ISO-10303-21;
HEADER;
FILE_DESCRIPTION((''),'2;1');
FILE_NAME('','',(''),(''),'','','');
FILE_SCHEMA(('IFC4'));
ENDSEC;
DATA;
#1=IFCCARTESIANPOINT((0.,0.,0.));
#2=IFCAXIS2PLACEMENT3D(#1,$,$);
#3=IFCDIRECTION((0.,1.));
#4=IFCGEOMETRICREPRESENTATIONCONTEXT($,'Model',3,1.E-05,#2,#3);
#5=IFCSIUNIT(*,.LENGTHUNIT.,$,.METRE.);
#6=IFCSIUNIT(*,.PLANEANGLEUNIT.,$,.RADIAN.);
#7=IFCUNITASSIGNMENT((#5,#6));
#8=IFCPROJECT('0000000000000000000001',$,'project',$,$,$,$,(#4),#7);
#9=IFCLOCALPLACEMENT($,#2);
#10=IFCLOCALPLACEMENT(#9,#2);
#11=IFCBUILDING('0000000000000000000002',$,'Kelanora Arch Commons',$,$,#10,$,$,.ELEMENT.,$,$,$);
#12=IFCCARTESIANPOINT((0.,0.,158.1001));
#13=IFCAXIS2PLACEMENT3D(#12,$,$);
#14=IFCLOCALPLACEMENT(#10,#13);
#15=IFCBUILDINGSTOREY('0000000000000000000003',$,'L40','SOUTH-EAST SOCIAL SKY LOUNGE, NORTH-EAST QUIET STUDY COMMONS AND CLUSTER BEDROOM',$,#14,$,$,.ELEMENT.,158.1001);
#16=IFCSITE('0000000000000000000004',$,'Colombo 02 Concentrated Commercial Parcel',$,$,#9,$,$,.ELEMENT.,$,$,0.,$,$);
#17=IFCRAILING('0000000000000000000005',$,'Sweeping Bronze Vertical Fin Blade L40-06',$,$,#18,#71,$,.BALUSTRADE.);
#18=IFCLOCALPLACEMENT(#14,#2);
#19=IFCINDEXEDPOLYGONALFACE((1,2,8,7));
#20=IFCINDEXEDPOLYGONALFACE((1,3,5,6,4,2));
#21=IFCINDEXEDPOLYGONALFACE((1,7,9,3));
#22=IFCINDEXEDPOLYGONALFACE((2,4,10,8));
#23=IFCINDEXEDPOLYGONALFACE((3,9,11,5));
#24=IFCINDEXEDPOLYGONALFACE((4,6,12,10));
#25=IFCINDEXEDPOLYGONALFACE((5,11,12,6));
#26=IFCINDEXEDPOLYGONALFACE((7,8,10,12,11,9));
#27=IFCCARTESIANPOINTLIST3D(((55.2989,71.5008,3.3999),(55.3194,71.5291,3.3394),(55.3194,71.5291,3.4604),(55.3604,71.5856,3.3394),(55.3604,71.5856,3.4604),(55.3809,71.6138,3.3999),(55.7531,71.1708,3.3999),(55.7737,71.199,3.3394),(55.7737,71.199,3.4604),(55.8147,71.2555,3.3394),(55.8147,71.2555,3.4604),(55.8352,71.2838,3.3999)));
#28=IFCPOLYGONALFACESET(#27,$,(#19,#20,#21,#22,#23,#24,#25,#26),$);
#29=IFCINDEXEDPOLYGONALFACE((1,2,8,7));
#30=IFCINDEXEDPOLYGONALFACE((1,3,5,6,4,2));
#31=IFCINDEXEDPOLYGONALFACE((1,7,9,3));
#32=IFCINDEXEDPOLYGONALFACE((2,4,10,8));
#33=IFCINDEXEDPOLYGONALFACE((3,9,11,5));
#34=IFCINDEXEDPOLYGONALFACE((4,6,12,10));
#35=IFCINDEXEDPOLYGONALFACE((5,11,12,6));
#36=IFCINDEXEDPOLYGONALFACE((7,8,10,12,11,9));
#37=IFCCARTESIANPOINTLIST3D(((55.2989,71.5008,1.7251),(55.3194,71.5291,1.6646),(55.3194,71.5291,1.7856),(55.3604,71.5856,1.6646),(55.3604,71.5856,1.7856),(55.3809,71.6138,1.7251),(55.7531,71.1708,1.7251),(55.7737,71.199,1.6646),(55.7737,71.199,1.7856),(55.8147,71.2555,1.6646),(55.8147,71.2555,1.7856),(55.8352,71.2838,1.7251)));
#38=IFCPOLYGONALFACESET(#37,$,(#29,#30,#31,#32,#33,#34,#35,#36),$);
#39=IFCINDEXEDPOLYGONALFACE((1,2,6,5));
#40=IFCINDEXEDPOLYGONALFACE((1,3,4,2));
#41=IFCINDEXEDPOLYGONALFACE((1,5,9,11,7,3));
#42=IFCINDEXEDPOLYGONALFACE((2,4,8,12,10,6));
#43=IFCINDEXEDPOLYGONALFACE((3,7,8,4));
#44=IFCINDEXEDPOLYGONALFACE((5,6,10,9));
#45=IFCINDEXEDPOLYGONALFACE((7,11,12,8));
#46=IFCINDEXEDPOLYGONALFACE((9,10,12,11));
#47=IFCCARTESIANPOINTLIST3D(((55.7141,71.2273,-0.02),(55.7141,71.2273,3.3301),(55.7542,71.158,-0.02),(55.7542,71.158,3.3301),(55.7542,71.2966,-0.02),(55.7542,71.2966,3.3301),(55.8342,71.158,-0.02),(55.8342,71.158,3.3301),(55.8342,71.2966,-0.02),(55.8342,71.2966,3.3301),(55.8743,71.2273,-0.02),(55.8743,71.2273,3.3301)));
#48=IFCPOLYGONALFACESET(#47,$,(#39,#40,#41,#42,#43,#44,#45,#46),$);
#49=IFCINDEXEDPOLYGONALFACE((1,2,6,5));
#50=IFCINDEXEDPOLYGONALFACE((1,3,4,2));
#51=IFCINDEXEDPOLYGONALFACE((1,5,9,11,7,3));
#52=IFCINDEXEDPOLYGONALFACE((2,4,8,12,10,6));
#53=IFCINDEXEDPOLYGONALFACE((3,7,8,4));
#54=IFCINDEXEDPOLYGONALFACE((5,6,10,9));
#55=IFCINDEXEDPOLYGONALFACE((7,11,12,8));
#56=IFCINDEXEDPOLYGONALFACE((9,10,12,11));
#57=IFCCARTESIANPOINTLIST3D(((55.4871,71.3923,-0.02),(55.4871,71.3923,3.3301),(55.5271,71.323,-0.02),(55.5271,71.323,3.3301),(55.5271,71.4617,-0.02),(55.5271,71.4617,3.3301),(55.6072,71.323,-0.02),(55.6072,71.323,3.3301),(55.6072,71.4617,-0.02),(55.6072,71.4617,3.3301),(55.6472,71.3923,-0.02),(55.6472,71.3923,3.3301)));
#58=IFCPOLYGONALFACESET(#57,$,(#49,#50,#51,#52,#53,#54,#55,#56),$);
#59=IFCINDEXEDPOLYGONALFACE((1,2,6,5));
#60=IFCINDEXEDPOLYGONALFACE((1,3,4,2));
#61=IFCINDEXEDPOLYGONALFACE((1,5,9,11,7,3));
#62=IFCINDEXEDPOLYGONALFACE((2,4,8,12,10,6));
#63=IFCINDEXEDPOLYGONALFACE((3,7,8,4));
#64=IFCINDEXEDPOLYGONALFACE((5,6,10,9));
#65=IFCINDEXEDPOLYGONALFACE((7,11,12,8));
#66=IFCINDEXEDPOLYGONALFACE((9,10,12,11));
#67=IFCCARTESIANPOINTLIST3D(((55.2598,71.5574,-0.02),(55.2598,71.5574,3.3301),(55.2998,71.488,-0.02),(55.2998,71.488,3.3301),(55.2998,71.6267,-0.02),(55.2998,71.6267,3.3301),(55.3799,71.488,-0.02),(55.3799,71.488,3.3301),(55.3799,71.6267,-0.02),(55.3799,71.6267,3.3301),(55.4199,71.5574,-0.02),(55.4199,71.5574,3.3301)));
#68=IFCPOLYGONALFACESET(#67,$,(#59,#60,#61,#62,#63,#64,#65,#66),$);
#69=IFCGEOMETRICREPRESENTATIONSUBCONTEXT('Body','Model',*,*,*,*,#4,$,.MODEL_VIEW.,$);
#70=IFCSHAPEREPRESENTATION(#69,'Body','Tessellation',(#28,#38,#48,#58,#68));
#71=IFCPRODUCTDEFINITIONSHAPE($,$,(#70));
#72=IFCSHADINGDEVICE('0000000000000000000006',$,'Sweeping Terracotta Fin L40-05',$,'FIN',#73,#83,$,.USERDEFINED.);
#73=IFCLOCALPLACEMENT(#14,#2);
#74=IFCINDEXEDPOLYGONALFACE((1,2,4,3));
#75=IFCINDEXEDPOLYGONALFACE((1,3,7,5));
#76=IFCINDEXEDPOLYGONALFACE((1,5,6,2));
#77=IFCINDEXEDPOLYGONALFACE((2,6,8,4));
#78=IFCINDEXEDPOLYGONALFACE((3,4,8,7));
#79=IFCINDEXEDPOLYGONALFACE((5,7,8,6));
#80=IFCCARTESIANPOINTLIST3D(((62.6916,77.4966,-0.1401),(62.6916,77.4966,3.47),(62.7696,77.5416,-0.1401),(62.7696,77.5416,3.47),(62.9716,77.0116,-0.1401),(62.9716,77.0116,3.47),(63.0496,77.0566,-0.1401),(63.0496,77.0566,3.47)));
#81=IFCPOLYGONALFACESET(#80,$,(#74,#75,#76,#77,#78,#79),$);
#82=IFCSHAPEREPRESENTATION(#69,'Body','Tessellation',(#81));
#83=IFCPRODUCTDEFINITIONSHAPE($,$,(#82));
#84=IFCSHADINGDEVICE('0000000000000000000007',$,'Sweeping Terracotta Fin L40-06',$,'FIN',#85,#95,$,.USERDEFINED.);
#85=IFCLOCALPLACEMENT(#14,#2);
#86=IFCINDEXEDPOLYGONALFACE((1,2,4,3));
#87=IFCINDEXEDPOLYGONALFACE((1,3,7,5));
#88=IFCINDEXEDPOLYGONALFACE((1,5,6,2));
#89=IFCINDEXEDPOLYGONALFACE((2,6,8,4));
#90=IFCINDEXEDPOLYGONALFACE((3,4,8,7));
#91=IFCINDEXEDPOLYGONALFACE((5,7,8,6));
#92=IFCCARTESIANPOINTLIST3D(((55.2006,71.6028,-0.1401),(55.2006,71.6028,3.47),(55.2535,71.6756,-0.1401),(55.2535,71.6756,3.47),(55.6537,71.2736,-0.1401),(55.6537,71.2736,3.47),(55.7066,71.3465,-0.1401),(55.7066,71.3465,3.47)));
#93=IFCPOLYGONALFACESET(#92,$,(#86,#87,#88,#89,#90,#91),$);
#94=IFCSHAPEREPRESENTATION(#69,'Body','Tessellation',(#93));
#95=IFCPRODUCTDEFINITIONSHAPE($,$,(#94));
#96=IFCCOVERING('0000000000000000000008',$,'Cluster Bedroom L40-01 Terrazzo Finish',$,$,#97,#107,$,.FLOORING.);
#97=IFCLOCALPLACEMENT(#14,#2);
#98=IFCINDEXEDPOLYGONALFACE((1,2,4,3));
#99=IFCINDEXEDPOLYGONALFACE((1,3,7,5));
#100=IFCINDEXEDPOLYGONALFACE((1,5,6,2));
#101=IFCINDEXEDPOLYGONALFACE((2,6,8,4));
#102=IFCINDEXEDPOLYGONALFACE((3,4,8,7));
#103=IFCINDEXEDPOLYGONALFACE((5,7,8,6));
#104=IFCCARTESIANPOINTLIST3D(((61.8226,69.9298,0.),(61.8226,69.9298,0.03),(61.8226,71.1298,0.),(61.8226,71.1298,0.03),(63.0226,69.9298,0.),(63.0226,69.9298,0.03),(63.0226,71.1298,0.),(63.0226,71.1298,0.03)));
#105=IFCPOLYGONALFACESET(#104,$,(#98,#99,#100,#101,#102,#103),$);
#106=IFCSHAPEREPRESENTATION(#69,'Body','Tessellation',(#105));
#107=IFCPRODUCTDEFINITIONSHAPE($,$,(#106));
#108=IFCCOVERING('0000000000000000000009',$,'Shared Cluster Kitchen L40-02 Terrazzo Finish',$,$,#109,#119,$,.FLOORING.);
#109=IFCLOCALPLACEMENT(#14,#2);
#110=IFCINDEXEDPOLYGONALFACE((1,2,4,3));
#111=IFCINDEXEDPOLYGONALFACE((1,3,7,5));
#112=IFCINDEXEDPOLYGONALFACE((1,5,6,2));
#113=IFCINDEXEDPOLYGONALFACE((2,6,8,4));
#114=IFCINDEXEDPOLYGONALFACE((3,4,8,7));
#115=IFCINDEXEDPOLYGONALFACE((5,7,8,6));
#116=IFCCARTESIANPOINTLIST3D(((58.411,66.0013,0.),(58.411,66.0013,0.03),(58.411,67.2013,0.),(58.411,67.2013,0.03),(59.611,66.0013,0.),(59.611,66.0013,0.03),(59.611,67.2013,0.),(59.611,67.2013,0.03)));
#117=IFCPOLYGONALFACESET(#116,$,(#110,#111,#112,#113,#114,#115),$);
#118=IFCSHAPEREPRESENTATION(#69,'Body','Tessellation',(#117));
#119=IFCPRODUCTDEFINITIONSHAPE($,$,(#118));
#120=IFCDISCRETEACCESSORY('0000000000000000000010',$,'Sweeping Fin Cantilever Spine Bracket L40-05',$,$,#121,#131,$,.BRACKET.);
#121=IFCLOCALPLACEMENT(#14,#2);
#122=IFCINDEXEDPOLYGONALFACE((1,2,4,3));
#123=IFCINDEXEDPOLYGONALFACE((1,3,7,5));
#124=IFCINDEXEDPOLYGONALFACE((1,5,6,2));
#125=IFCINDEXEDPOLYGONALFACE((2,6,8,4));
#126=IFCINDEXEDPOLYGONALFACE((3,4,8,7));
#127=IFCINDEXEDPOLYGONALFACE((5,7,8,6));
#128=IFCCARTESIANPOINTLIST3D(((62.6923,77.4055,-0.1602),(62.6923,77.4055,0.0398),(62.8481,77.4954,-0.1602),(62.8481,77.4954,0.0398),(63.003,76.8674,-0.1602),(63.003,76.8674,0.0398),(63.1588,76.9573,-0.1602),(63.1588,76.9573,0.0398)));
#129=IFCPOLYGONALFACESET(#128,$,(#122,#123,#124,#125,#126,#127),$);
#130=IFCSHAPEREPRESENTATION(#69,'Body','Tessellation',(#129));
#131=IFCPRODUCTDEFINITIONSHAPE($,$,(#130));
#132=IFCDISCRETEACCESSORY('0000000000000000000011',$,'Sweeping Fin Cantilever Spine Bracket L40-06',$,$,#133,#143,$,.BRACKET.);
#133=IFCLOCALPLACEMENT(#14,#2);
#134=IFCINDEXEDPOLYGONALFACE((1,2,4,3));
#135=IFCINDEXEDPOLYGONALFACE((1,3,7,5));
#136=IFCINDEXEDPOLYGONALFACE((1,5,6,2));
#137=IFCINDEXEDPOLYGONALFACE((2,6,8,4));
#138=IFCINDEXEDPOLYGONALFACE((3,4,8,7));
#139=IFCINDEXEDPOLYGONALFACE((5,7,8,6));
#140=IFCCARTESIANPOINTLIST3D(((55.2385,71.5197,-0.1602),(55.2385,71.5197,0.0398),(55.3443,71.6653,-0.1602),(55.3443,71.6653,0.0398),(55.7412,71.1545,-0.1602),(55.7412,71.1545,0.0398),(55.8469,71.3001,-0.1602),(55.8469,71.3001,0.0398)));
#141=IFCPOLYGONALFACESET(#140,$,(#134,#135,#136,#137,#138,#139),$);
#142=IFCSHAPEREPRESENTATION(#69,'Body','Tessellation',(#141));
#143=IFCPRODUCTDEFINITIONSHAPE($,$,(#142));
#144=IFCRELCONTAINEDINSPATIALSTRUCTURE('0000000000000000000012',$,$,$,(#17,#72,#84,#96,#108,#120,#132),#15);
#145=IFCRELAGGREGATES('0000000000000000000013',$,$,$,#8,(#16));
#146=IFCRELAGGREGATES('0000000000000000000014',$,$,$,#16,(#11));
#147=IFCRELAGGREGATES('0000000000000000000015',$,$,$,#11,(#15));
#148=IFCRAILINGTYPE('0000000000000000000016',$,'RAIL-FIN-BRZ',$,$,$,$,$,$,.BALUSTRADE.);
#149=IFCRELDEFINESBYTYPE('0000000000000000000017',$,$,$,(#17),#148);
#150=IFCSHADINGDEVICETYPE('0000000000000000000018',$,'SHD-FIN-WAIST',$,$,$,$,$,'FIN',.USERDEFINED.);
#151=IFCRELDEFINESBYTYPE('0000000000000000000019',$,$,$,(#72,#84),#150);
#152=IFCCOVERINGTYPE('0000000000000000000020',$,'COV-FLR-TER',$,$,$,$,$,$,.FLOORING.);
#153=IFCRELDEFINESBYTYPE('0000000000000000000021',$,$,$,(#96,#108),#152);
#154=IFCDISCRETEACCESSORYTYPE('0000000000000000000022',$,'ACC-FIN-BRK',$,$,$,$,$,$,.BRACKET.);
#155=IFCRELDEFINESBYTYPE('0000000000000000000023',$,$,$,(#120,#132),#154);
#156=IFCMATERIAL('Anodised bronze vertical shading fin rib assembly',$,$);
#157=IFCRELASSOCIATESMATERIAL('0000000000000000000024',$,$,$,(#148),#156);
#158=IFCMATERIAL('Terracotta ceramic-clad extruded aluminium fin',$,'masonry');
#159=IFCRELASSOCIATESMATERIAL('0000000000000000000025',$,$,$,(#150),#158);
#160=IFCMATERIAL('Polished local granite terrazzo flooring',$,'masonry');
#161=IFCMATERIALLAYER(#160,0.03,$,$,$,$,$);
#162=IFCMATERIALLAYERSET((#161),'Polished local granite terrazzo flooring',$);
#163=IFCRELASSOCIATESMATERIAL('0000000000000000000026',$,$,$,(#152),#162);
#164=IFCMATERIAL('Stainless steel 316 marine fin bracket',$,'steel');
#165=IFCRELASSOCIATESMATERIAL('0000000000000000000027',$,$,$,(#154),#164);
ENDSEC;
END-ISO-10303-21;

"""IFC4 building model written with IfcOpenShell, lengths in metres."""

from ifc_helpers import new_model, si_unit, direction, frame, origin, origin_2d, place, context, subcontext, project, spatial, polyline, rectangle, outline, extrude, source, transform, mapped, material, layer, layer_set, type_object, element, save


model = new_model("IFC4")

# Units and contexts
model_context = context("Model", 3, precision=1e-05, world=origin(), true_north=direction((0.0, 1.0)))
body_context = subcontext(model_context, "Body", "Model", "MODEL_VIEW")
ifc_project = project(units=[si_unit("LENGTHUNIT", "METRE"), si_unit("PLANEANGLEUNIT", "RADIAN")], contexts=[model_context])

# Site, building, storey
site_placement = place(None, origin())
site = spatial("IfcSite", under=ifc_project, at=site_placement, Name="Colombo 02 Concentrated Commercial Parcel", CompositionType="ELEMENT", RefElevation=0.0)
building_placement = place(site_placement, origin())
building = spatial("IfcBuilding", under=site, at=building_placement, Name="Kelanora Arch Commons", CompositionType="ELEMENT")
storey_placement = place(building_placement, frame((0.0, 0.0, 158.1001)))
storey = spatial("IfcBuildingStorey", under=building, at=storey_placement, Name="L40", Description="SOUTH-EAST SOCIAL SKY LOUNGE, NORTH-EAST QUIET STUDY COMMONS AND CLUSTER BEDROOM", CompositionType="ELEMENT", Elevation=158.1001)

# Railing
ifc_material_1 = material(Name="Anodised bronze vertical shading fin rib assembly")
railing_type = type_object("IfcRailingType", Name="RAIL-FIN-BRZ", PredefinedType="BALUSTRADE", material=ifc_material_1)
railing_1_placement = place(storey_placement, frame((55.7942, 71.2273, -0.02)))
element("IfcRailing", 1, at=railing_1_placement, inside=storey, type_object=railing_type, Name="Sweeping Bronze Vertical Fin Blade L40-06", PredefinedType="BALUSTRADE", context=body_context, shape_type="SweptSolid", body=[
    extrude(outline(polyline([(0.0698, 0.0), (0.0349, 0.0605), (-0.0349, 0.0605), (-0.0698, 0.0), (-0.0349, -0.0605), (0.0349, -0.0605), (0.0698, 0.0)])), frame((0.0, 0.0, 3.4199), z_axis=(-0.809037, 0.587758, 0.0), x_axis=(-0.587758, -0.809037, 0.0)), (0.0, 0.0, 1.0), 0.5615),
    extrude(outline(polyline([(0.0698, 0.0), (0.0349, 0.0605), (-0.0349, 0.0605), (-0.0698, 0.0), (-0.0349, -0.0605), (0.0349, -0.0605), (0.0698, 0.0)])), frame((0.0, 0.0, 1.7451), z_axis=(-0.809037, 0.587758, 0.0), x_axis=(-0.587758, -0.809037, 0.0)), (0.0, 0.0, 1.0), 0.5615),
    extrude(outline(polyline([(0.0801, 0.0), (0.04, 0.0693), (-0.04, 0.0693), (-0.0801, 0.0), (-0.04, -0.0693), (0.04, -0.0693), (0.0801, 0.0)])), origin(), (0.0, 0.0, 1.0), 3.3501),
    extrude(outline(polyline([(0.0801, 0.0), (0.04, 0.0693), (-0.04, 0.0693), (-0.0801, 0.0), (-0.04, -0.0693), (0.04, -0.0693), (0.0801, 0.0)])), frame((-0.2271, 0.165, 0.0)), (0.0, 0.0, 1.0), 3.3501),
    extrude(outline(polyline([(0.0801, 0.0), (0.04, 0.0693), (-0.04, 0.0693), (-0.0801, 0.0), (-0.04, -0.0693), (0.04, -0.0693), (0.0801, 0.0)])), frame((-0.4543, 0.3301, 0.0)), (0.0, 0.0, 1.0), 3.3501),
])

# Shading devices
ifc_material_2 = material(Name="Terracotta ceramic-clad extruded aluminium fin", Category="masonry")
shading_device_type = type_object("IfcShadingDeviceType", Name="SHD-FIN-WAIST", ElementType="FIN", PredefinedType="USERDEFINED", material=ifc_material_2)
shared_shape_1 = source(origin(), body_context, "Body", "SweptSolid", [
    extrude(rectangle(XDim=0.5601, YDim=0.0901, at=origin_2d()), origin(), (0.0, 0.0, 1.0), 3.6101),
])
for number, where, z_axis, x_axis, name in (
    (2, (62.8706, 77.2766, -0.1401), (0.0, 0.0, 1.0), (-0.5, 0.866025, 0.0), "Sweeping Terracotta Fin L40-05"),
    (3, (55.4536, 71.4746, -0.1401), (0.0, 0.0, 1.0), (-0.809017, 0.587785, 0.0), "Sweeping Terracotta Fin L40-06"),
):
    element("IfcShadingDevice", number, at=place(storey_placement, frame(where, z_axis=z_axis, x_axis=x_axis)), inside=storey, type_object=shading_device_type, Name=name, ObjectType="FIN", PredefinedType="USERDEFINED", context=body_context, shape_type="MappedRepresentation", body=[
        mapped(shared_shape_1, transform((0.0, 0.0, 0.0), scale=1.0)),
    ])

# Coverings
ifc_material_3 = material(Name="Polished local granite terrazzo flooring", Category="masonry")
ifc_layer_1 = layer(ifc_material_3, 0.03)
ifc_layer_set_1 = layer_set([ifc_layer_1], Name="Polished local granite terrazzo flooring")
covering_type = type_object("IfcCoveringType", Name="COV-FLR-TER", PredefinedType="FLOORING", material=ifc_layer_set_1)
shared_shape_2 = source(origin(), body_context, "Body", "SweptSolid", [
    extrude(rectangle(XDim=1.2, YDim=1.2, at=origin_2d()), origin(), (0.0, 0.0, 1.0), 0.03),
])
for number, where, z_axis, x_axis, name in (
    (4, (62.4226, 70.5298, 0.0), (0.0, 0.0, 1.0), (1.0, 0.0, 0.0), "Cluster Bedroom L40-01 Terrazzo Finish"),
    (5, (59.011, 66.6013, 0.0), (0.0, 0.0, 1.0), (1.0, 0.0, 0.0), "Shared Cluster Kitchen L40-02 Terrazzo Finish"),
):
    element("IfcCovering", number, at=place(storey_placement, frame(where, z_axis=z_axis, x_axis=x_axis)), inside=storey, type_object=covering_type, Name=name, PredefinedType="FLOORING", context=body_context, shape_type="MappedRepresentation", body=[
        mapped(shared_shape_2, transform((0.0, 0.0, 0.0), scale=1.0)),
    ])

# Discrete accessories
ifc_material_4 = material(Name="Stainless steel 316 marine fin bracket", Category="steel")
discrete_accessory_type = type_object("IfcDiscreteAccessoryType", Name="ACC-FIN-BRK", PredefinedType="BRACKET", material=ifc_material_4)
shared_shape_3 = source(origin(), body_context, "Body", "SweptSolid", [
    extrude(rectangle(XDim=0.6213, YDim=0.1799, at=origin_2d()), origin(), (0.0, 0.0, 1.0), 0.2),
])
for number, where, z_axis, x_axis, name in (
    (6, (62.9255, 77.1814, -0.1602), (0.0, 0.0, 1.0), (-0.5, 0.866025, 0.0), "Sweeping Fin Cantilever Spine Bracket L40-05"),
    (7, (55.5427, 71.4099, -0.1602), (0.0, 0.0, 1.0), (-0.809017, 0.587785, 0.0), "Sweeping Fin Cantilever Spine Bracket L40-06"),
):
    element("IfcDiscreteAccessory", number, at=place(storey_placement, frame(where, z_axis=z_axis, x_axis=x_axis)), inside=storey, type_object=discrete_accessory_type, Name=name, PredefinedType="BRACKET", context=body_context, shape_type="MappedRepresentation", body=[
        mapped(shared_shape_3, transform((0.0, 0.0, 0.0), scale=1.0)),
    ])

save(model, "model.ifc")
